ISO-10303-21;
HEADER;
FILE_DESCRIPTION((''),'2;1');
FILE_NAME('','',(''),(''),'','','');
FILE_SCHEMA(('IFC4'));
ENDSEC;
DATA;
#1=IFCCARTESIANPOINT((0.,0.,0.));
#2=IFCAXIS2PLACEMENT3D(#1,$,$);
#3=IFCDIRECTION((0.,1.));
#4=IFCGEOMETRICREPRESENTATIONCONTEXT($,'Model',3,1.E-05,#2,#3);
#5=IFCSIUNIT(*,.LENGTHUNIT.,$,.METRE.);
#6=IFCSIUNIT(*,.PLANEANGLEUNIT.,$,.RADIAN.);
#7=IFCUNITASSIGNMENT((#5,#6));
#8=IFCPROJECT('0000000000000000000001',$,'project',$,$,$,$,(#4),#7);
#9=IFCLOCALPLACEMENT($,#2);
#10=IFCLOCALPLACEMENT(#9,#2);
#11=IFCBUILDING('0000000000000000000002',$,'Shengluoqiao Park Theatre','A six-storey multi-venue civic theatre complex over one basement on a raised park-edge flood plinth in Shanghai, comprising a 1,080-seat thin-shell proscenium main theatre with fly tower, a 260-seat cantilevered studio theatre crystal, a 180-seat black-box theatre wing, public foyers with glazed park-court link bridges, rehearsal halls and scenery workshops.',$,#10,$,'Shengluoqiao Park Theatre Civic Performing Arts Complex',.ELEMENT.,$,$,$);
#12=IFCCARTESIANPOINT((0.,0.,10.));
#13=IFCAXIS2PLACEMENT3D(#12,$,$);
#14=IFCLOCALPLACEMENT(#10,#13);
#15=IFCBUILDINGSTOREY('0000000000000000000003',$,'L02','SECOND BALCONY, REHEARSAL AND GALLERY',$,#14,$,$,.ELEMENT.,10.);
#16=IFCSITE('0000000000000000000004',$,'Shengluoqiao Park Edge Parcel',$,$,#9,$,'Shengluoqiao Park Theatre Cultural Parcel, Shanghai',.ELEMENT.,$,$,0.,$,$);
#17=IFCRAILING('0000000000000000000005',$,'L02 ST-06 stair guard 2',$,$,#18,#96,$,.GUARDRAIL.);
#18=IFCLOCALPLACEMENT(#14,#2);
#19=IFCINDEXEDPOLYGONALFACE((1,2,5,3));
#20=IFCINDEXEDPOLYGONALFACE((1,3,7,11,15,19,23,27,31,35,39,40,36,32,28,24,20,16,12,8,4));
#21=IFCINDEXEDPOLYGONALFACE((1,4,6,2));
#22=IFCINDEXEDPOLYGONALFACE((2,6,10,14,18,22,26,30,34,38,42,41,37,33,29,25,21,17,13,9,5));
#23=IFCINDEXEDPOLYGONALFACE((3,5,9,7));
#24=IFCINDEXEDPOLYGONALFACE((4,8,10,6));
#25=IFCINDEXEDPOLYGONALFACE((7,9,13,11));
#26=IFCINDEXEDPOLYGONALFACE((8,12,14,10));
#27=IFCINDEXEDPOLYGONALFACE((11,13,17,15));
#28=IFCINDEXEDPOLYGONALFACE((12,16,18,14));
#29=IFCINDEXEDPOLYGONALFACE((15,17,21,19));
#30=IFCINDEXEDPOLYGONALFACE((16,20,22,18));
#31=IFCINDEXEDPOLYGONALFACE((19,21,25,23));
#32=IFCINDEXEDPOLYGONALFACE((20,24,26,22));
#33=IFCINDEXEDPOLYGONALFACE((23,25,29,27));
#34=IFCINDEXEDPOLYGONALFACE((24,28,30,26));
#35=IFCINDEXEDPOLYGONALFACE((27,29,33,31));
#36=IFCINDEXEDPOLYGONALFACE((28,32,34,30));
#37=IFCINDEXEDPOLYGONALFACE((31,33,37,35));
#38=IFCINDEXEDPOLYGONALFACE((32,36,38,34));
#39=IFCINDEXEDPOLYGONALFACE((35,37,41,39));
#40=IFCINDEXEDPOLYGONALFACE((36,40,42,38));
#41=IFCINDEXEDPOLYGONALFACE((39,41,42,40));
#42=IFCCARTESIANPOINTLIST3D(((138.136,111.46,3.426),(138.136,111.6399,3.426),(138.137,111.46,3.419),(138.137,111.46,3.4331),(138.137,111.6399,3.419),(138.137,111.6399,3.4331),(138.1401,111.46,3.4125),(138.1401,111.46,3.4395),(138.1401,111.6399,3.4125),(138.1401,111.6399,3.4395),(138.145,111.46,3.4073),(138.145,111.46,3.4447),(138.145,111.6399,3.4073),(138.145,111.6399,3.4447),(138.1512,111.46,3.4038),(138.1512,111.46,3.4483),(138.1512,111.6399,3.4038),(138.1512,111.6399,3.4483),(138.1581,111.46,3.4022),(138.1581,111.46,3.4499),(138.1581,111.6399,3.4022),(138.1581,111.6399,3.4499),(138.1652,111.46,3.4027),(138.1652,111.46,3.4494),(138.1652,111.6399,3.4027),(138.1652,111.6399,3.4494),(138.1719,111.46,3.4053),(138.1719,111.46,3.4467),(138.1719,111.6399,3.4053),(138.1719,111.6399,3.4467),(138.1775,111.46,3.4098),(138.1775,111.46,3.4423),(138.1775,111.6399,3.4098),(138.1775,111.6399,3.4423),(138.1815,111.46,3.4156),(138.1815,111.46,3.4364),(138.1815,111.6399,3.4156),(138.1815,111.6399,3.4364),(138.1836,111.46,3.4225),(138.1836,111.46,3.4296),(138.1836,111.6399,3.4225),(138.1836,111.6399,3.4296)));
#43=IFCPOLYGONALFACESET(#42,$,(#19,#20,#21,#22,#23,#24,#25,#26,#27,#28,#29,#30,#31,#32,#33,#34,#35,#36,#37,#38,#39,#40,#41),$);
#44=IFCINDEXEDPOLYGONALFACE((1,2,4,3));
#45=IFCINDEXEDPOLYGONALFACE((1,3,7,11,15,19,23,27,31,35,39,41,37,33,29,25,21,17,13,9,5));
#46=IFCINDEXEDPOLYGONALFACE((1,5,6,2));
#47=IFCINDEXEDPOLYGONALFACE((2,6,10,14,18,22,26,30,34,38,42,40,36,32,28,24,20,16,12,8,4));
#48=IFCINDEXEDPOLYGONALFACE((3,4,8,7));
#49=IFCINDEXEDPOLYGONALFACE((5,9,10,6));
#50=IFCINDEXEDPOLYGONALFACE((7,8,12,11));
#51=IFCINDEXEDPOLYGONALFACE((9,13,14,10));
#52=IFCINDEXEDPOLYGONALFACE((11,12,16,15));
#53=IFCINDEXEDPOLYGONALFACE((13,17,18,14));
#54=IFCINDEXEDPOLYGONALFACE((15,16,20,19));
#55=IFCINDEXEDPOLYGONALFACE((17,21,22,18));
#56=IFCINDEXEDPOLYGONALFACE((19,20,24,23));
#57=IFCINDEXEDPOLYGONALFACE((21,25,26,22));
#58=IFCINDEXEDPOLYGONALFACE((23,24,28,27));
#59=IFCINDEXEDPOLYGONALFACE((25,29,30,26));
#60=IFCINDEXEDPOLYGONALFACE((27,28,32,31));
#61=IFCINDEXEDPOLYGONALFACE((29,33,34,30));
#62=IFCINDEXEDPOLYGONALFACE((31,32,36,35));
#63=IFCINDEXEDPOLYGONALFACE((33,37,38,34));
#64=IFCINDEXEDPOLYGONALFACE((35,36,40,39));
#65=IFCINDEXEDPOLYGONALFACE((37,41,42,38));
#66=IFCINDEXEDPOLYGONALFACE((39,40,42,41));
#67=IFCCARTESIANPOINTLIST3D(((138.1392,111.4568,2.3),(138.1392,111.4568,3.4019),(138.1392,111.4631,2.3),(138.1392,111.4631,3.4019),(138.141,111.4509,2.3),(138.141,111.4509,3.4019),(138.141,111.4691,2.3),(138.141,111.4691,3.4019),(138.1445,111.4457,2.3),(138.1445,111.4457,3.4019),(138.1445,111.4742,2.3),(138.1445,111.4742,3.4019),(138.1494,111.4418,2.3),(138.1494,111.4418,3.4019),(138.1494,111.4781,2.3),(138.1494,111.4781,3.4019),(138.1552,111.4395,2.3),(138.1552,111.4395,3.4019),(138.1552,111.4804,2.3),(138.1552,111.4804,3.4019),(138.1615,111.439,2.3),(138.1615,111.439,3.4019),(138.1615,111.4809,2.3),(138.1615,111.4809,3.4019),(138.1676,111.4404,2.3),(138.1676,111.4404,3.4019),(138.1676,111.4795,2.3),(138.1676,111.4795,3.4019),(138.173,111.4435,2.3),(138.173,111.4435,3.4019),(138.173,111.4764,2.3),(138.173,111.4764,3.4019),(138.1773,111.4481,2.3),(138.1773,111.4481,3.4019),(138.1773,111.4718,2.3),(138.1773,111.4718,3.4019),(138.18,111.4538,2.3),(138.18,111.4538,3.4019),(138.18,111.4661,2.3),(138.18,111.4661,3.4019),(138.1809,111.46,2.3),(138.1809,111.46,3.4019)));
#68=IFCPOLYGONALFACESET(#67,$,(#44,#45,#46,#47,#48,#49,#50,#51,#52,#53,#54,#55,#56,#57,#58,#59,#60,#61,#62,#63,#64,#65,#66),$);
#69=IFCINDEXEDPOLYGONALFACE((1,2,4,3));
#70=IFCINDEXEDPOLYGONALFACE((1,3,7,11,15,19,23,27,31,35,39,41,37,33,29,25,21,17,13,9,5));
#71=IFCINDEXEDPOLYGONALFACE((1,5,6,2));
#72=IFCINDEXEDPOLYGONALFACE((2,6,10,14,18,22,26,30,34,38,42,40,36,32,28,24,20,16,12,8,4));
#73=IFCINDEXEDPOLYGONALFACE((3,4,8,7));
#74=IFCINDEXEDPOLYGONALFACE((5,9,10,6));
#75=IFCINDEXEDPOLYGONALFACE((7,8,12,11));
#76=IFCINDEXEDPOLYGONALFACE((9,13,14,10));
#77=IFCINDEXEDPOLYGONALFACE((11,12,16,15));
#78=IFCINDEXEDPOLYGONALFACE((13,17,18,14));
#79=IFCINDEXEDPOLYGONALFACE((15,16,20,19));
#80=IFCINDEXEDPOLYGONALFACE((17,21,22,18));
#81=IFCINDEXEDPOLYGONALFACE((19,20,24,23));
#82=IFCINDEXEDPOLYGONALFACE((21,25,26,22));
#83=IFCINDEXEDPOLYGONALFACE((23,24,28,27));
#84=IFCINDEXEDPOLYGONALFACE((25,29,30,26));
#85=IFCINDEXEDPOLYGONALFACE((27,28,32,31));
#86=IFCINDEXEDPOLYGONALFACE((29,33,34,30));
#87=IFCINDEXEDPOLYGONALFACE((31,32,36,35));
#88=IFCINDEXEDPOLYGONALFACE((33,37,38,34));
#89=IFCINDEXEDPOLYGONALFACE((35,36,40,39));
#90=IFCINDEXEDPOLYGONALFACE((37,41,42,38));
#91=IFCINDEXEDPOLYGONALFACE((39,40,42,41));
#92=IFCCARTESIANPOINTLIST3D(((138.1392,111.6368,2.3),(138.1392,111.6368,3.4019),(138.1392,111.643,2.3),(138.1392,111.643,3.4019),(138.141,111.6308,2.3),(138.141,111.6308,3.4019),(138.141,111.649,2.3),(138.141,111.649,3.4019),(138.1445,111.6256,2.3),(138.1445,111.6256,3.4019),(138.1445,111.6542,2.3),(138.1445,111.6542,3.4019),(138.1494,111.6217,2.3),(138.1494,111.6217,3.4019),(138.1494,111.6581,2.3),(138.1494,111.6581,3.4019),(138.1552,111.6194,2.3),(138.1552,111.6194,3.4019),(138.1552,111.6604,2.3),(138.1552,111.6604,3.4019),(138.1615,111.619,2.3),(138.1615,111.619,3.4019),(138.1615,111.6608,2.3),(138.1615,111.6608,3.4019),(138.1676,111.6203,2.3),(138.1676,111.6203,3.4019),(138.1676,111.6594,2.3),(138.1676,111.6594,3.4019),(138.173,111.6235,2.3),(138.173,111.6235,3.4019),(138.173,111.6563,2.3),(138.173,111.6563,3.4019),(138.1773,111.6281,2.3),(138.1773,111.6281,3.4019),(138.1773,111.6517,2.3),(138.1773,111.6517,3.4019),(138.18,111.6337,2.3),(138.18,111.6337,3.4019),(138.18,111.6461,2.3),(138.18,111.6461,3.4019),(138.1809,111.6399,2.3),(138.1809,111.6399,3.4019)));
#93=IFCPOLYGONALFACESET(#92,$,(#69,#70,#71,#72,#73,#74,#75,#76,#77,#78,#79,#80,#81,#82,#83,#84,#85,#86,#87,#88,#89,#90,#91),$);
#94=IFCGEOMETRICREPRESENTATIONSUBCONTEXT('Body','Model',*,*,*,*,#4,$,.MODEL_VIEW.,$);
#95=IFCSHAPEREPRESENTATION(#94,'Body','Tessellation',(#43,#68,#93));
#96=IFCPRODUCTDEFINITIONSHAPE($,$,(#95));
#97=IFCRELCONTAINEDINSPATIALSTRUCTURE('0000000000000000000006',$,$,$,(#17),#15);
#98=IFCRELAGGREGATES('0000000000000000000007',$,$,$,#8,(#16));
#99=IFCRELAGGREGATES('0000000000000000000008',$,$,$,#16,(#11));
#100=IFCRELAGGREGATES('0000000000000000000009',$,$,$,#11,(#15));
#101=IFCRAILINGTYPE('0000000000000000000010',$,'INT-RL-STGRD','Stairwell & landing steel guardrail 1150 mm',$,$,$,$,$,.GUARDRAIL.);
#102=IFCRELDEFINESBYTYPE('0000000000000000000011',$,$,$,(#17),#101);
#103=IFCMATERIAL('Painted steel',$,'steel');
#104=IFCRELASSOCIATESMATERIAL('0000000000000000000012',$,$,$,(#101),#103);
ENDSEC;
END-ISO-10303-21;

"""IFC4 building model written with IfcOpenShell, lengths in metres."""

from ifc_helpers import new_model, si_unit, direction, frame, origin, origin_2d, place, context, subcontext, project, spatial, circle, extrude, material, type_object, element, save


model = new_model("IFC4")

# Units and contexts
model_context = context("Model", 3, precision=1e-05, world=origin(), true_north=direction((0.0, 1.0)))
body_context = subcontext(model_context, "Body", "Model", "MODEL_VIEW")
ifc_project = project(units=[si_unit("LENGTHUNIT", "METRE"), si_unit("PLANEANGLEUNIT", "RADIAN")], contexts=[model_context])

# Site, building, storey
site_placement = place(None, origin())
site = spatial("IfcSite", under=ifc_project, at=site_placement, Name="Shengluoqiao Park Edge Parcel", LongName="Shengluoqiao Park Theatre Cultural Parcel, Shanghai", CompositionType="ELEMENT", RefElevation=0.0)
building_placement = place(site_placement, origin())
building = spatial("IfcBuilding", under=site, at=building_placement, Name="Shengluoqiao Park Theatre", Description="A six-storey multi-venue civic theatre complex over one basement on a raised park-edge flood plinth in Shanghai, comprising a 1,080-seat thin-shell proscenium main theatre with fly tower, a 260-seat cantilevered studio theatre crystal, a 180-seat black-box theatre wing, public foyers with glazed park-court link bridges, rehearsal halls and scenery workshops.", LongName="Shengluoqiao Park Theatre Civic Performing Arts Complex", CompositionType="ELEMENT")
storey_placement = place(building_placement, frame((0.0, 0.0, 10.0)))
storey = spatial("IfcBuildingStorey", under=building, at=storey_placement, Name="L02", Description="SECOND BALCONY, REHEARSAL AND GALLERY", CompositionType="ELEMENT", Elevation=10.0)

# Railing
ifc_material_1 = material(Name="Painted steel", Category="steel")
railing_type_1 = type_object("IfcRailingType", Name="INT-RL-STGRD", Description="Stairwell & landing steel guardrail 1150 mm", PredefinedType="GUARDRAIL", material=ifc_material_1)
railing_1_placement = place(storey_placement, frame((138.1599, 111.46, 2.3)))
element("IfcRailing", 1, at=railing_1_placement, inside=storey, type_object=railing_type_1, Name="L02 ST-06 stair guard 2", PredefinedType="GUARDRAIL", context=body_context, shape_type="SweptSolid", body=[
    extrude(circle(Radius=0.0239, at=origin_2d()), frame((0.0, 0.0, 1.126), z_axis=(0.0, 1.0, 0.0), x_axis=(-1.0, 0.0, 0.0)), (0.0, 0.0, 1.0), 0.1799),
    extrude(circle(Radius=0.021, at=origin_2d()), origin(), (0.0, 0.0, 1.0), 1.1018),
    extrude(circle(Radius=0.021, at=origin_2d()), frame((0.0, 0.1799, 0.0)), (0.0, 0.0, 1.0), 1.1018),
])

save(model, "model.ifc")
